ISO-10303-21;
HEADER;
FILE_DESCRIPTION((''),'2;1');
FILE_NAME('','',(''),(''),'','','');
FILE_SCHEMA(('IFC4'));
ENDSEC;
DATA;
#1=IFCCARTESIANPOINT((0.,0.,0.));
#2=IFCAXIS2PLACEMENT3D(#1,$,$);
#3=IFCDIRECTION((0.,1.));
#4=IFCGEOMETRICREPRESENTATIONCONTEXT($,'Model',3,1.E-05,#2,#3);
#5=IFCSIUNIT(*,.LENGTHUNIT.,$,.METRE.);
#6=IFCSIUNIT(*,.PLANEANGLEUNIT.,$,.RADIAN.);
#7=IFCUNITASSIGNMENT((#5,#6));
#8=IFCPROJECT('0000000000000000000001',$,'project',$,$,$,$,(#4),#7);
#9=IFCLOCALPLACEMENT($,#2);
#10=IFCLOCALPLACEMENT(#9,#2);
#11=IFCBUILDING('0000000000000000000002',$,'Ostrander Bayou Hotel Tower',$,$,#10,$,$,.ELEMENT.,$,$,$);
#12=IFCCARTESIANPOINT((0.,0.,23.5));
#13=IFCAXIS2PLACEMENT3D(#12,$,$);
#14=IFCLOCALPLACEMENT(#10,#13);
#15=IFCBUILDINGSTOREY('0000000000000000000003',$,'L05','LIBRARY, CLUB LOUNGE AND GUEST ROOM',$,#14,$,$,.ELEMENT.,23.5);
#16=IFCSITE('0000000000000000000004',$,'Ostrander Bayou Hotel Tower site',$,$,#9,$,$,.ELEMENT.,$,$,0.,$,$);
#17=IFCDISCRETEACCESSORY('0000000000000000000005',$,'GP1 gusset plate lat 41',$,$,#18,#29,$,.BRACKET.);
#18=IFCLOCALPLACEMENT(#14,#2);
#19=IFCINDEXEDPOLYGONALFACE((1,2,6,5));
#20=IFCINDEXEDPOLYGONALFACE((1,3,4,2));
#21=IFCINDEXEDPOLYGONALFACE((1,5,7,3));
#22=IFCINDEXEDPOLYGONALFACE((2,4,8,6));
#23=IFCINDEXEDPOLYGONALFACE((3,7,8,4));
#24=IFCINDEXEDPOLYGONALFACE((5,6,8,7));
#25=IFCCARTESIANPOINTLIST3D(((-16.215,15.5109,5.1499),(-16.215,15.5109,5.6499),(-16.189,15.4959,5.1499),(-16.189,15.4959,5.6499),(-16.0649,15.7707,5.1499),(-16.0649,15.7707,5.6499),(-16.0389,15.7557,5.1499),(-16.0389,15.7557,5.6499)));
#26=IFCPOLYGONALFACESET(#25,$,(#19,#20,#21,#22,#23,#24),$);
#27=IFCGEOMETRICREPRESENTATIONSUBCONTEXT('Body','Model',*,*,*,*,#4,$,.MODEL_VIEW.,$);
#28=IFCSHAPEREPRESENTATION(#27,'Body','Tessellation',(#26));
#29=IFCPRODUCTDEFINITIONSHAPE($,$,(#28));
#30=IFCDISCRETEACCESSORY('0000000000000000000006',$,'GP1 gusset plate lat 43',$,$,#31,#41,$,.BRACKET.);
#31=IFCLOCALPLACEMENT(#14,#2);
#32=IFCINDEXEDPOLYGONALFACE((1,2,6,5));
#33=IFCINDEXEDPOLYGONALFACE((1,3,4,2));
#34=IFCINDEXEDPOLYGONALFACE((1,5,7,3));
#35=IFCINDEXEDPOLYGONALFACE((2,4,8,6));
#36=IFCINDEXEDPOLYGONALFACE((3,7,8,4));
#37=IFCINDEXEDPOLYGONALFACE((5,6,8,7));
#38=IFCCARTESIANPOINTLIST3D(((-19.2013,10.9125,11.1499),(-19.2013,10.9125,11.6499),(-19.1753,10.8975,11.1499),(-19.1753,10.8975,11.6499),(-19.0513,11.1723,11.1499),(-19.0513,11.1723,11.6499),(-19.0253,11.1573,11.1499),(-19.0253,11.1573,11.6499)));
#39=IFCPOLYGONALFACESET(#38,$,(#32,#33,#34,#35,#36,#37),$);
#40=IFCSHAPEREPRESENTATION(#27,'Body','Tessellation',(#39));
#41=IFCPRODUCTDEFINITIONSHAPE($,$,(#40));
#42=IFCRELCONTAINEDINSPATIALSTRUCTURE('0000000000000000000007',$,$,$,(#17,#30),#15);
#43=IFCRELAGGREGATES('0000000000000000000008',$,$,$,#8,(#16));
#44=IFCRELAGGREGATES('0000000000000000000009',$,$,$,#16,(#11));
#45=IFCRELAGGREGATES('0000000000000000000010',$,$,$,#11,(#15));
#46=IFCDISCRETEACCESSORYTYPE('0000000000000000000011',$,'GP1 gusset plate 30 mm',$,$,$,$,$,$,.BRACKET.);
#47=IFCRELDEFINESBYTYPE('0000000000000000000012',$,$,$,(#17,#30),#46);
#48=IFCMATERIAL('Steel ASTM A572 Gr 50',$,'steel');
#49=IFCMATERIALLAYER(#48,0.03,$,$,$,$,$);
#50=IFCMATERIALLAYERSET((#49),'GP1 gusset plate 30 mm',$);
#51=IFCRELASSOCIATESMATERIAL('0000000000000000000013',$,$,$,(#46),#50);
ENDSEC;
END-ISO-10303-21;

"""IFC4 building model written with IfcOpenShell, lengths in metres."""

from ifc_helpers import new_model, si_unit, direction, frame, origin, origin_2d, place, context, subcontext, project, spatial, rectangle, extrude, material, layer, layer_set, type_object, element, save


model = new_model("IFC4")

# Units and contexts
model_context = context("Model", 3, precision=1e-05, world=origin(), true_north=direction((0.0, 1.0)))
body_context = subcontext(model_context, "Body", "Model", "MODEL_VIEW")
ifc_project = project(units=[si_unit("LENGTHUNIT", "METRE"), si_unit("PLANEANGLEUNIT", "RADIAN")], contexts=[model_context])

# Site, building, storey
site_placement = place(None, origin())
site = spatial("IfcSite", under=ifc_project, at=site_placement, Name="Ostrander Bayou Hotel Tower site", CompositionType="ELEMENT", RefElevation=0.0)
building_placement = place(site_placement, origin())
building = spatial("IfcBuilding", under=site, at=building_placement, Name="Ostrander Bayou Hotel Tower", CompositionType="ELEMENT")
storey_placement = place(building_placement, frame((0.0, 0.0, 23.5)))
storey = spatial("IfcBuildingStorey", under=building, at=storey_placement, Name="L05", Description="LIBRARY, CLUB LOUNGE AND GUEST ROOM", CompositionType="ELEMENT", Elevation=23.5)

# Discrete accessories
ifc_material_1 = material(Name="Steel ASTM A572 Gr 50", Category="steel")
ifc_layer_1 = layer(ifc_material_1, 0.03)
ifc_layer_set_1 = layer_set([ifc_layer_1], Name="GP1 gusset plate 30 mm")
discrete_accessory_type = type_object("IfcDiscreteAccessoryType", Name="GP1 gusset plate 30 mm", PredefinedType="BRACKET", material=ifc_layer_set_1)
for number, where, z_axis, x_axis, name in (
    (1, (-16.127, 15.6333, 5.1499), (0.0, 0.0, 1.0), (-0.5, -0.866025, 0.0), "GP1 gusset plate lat 41"),
    (2, (-19.1133, 11.0349, 11.1499), (0.0, 0.0, 1.0), (-0.5, -0.866025, 0.0), "GP1 gusset plate lat 43"),
):
    element("IfcDiscreteAccessory", number, at=place(storey_placement, frame(where, z_axis=z_axis, x_axis=x_axis)), inside=storey, type_object=discrete_accessory_type, Name=name, PredefinedType="BRACKET", context=body_context, shape_type="SweptSolid", body=[
        extrude(rectangle(XDim=0.3, YDim=0.03, at=origin_2d()), origin(), (0.0, 0.0, 1.0), 0.5),
    ])

save(model, "model.ifc")
